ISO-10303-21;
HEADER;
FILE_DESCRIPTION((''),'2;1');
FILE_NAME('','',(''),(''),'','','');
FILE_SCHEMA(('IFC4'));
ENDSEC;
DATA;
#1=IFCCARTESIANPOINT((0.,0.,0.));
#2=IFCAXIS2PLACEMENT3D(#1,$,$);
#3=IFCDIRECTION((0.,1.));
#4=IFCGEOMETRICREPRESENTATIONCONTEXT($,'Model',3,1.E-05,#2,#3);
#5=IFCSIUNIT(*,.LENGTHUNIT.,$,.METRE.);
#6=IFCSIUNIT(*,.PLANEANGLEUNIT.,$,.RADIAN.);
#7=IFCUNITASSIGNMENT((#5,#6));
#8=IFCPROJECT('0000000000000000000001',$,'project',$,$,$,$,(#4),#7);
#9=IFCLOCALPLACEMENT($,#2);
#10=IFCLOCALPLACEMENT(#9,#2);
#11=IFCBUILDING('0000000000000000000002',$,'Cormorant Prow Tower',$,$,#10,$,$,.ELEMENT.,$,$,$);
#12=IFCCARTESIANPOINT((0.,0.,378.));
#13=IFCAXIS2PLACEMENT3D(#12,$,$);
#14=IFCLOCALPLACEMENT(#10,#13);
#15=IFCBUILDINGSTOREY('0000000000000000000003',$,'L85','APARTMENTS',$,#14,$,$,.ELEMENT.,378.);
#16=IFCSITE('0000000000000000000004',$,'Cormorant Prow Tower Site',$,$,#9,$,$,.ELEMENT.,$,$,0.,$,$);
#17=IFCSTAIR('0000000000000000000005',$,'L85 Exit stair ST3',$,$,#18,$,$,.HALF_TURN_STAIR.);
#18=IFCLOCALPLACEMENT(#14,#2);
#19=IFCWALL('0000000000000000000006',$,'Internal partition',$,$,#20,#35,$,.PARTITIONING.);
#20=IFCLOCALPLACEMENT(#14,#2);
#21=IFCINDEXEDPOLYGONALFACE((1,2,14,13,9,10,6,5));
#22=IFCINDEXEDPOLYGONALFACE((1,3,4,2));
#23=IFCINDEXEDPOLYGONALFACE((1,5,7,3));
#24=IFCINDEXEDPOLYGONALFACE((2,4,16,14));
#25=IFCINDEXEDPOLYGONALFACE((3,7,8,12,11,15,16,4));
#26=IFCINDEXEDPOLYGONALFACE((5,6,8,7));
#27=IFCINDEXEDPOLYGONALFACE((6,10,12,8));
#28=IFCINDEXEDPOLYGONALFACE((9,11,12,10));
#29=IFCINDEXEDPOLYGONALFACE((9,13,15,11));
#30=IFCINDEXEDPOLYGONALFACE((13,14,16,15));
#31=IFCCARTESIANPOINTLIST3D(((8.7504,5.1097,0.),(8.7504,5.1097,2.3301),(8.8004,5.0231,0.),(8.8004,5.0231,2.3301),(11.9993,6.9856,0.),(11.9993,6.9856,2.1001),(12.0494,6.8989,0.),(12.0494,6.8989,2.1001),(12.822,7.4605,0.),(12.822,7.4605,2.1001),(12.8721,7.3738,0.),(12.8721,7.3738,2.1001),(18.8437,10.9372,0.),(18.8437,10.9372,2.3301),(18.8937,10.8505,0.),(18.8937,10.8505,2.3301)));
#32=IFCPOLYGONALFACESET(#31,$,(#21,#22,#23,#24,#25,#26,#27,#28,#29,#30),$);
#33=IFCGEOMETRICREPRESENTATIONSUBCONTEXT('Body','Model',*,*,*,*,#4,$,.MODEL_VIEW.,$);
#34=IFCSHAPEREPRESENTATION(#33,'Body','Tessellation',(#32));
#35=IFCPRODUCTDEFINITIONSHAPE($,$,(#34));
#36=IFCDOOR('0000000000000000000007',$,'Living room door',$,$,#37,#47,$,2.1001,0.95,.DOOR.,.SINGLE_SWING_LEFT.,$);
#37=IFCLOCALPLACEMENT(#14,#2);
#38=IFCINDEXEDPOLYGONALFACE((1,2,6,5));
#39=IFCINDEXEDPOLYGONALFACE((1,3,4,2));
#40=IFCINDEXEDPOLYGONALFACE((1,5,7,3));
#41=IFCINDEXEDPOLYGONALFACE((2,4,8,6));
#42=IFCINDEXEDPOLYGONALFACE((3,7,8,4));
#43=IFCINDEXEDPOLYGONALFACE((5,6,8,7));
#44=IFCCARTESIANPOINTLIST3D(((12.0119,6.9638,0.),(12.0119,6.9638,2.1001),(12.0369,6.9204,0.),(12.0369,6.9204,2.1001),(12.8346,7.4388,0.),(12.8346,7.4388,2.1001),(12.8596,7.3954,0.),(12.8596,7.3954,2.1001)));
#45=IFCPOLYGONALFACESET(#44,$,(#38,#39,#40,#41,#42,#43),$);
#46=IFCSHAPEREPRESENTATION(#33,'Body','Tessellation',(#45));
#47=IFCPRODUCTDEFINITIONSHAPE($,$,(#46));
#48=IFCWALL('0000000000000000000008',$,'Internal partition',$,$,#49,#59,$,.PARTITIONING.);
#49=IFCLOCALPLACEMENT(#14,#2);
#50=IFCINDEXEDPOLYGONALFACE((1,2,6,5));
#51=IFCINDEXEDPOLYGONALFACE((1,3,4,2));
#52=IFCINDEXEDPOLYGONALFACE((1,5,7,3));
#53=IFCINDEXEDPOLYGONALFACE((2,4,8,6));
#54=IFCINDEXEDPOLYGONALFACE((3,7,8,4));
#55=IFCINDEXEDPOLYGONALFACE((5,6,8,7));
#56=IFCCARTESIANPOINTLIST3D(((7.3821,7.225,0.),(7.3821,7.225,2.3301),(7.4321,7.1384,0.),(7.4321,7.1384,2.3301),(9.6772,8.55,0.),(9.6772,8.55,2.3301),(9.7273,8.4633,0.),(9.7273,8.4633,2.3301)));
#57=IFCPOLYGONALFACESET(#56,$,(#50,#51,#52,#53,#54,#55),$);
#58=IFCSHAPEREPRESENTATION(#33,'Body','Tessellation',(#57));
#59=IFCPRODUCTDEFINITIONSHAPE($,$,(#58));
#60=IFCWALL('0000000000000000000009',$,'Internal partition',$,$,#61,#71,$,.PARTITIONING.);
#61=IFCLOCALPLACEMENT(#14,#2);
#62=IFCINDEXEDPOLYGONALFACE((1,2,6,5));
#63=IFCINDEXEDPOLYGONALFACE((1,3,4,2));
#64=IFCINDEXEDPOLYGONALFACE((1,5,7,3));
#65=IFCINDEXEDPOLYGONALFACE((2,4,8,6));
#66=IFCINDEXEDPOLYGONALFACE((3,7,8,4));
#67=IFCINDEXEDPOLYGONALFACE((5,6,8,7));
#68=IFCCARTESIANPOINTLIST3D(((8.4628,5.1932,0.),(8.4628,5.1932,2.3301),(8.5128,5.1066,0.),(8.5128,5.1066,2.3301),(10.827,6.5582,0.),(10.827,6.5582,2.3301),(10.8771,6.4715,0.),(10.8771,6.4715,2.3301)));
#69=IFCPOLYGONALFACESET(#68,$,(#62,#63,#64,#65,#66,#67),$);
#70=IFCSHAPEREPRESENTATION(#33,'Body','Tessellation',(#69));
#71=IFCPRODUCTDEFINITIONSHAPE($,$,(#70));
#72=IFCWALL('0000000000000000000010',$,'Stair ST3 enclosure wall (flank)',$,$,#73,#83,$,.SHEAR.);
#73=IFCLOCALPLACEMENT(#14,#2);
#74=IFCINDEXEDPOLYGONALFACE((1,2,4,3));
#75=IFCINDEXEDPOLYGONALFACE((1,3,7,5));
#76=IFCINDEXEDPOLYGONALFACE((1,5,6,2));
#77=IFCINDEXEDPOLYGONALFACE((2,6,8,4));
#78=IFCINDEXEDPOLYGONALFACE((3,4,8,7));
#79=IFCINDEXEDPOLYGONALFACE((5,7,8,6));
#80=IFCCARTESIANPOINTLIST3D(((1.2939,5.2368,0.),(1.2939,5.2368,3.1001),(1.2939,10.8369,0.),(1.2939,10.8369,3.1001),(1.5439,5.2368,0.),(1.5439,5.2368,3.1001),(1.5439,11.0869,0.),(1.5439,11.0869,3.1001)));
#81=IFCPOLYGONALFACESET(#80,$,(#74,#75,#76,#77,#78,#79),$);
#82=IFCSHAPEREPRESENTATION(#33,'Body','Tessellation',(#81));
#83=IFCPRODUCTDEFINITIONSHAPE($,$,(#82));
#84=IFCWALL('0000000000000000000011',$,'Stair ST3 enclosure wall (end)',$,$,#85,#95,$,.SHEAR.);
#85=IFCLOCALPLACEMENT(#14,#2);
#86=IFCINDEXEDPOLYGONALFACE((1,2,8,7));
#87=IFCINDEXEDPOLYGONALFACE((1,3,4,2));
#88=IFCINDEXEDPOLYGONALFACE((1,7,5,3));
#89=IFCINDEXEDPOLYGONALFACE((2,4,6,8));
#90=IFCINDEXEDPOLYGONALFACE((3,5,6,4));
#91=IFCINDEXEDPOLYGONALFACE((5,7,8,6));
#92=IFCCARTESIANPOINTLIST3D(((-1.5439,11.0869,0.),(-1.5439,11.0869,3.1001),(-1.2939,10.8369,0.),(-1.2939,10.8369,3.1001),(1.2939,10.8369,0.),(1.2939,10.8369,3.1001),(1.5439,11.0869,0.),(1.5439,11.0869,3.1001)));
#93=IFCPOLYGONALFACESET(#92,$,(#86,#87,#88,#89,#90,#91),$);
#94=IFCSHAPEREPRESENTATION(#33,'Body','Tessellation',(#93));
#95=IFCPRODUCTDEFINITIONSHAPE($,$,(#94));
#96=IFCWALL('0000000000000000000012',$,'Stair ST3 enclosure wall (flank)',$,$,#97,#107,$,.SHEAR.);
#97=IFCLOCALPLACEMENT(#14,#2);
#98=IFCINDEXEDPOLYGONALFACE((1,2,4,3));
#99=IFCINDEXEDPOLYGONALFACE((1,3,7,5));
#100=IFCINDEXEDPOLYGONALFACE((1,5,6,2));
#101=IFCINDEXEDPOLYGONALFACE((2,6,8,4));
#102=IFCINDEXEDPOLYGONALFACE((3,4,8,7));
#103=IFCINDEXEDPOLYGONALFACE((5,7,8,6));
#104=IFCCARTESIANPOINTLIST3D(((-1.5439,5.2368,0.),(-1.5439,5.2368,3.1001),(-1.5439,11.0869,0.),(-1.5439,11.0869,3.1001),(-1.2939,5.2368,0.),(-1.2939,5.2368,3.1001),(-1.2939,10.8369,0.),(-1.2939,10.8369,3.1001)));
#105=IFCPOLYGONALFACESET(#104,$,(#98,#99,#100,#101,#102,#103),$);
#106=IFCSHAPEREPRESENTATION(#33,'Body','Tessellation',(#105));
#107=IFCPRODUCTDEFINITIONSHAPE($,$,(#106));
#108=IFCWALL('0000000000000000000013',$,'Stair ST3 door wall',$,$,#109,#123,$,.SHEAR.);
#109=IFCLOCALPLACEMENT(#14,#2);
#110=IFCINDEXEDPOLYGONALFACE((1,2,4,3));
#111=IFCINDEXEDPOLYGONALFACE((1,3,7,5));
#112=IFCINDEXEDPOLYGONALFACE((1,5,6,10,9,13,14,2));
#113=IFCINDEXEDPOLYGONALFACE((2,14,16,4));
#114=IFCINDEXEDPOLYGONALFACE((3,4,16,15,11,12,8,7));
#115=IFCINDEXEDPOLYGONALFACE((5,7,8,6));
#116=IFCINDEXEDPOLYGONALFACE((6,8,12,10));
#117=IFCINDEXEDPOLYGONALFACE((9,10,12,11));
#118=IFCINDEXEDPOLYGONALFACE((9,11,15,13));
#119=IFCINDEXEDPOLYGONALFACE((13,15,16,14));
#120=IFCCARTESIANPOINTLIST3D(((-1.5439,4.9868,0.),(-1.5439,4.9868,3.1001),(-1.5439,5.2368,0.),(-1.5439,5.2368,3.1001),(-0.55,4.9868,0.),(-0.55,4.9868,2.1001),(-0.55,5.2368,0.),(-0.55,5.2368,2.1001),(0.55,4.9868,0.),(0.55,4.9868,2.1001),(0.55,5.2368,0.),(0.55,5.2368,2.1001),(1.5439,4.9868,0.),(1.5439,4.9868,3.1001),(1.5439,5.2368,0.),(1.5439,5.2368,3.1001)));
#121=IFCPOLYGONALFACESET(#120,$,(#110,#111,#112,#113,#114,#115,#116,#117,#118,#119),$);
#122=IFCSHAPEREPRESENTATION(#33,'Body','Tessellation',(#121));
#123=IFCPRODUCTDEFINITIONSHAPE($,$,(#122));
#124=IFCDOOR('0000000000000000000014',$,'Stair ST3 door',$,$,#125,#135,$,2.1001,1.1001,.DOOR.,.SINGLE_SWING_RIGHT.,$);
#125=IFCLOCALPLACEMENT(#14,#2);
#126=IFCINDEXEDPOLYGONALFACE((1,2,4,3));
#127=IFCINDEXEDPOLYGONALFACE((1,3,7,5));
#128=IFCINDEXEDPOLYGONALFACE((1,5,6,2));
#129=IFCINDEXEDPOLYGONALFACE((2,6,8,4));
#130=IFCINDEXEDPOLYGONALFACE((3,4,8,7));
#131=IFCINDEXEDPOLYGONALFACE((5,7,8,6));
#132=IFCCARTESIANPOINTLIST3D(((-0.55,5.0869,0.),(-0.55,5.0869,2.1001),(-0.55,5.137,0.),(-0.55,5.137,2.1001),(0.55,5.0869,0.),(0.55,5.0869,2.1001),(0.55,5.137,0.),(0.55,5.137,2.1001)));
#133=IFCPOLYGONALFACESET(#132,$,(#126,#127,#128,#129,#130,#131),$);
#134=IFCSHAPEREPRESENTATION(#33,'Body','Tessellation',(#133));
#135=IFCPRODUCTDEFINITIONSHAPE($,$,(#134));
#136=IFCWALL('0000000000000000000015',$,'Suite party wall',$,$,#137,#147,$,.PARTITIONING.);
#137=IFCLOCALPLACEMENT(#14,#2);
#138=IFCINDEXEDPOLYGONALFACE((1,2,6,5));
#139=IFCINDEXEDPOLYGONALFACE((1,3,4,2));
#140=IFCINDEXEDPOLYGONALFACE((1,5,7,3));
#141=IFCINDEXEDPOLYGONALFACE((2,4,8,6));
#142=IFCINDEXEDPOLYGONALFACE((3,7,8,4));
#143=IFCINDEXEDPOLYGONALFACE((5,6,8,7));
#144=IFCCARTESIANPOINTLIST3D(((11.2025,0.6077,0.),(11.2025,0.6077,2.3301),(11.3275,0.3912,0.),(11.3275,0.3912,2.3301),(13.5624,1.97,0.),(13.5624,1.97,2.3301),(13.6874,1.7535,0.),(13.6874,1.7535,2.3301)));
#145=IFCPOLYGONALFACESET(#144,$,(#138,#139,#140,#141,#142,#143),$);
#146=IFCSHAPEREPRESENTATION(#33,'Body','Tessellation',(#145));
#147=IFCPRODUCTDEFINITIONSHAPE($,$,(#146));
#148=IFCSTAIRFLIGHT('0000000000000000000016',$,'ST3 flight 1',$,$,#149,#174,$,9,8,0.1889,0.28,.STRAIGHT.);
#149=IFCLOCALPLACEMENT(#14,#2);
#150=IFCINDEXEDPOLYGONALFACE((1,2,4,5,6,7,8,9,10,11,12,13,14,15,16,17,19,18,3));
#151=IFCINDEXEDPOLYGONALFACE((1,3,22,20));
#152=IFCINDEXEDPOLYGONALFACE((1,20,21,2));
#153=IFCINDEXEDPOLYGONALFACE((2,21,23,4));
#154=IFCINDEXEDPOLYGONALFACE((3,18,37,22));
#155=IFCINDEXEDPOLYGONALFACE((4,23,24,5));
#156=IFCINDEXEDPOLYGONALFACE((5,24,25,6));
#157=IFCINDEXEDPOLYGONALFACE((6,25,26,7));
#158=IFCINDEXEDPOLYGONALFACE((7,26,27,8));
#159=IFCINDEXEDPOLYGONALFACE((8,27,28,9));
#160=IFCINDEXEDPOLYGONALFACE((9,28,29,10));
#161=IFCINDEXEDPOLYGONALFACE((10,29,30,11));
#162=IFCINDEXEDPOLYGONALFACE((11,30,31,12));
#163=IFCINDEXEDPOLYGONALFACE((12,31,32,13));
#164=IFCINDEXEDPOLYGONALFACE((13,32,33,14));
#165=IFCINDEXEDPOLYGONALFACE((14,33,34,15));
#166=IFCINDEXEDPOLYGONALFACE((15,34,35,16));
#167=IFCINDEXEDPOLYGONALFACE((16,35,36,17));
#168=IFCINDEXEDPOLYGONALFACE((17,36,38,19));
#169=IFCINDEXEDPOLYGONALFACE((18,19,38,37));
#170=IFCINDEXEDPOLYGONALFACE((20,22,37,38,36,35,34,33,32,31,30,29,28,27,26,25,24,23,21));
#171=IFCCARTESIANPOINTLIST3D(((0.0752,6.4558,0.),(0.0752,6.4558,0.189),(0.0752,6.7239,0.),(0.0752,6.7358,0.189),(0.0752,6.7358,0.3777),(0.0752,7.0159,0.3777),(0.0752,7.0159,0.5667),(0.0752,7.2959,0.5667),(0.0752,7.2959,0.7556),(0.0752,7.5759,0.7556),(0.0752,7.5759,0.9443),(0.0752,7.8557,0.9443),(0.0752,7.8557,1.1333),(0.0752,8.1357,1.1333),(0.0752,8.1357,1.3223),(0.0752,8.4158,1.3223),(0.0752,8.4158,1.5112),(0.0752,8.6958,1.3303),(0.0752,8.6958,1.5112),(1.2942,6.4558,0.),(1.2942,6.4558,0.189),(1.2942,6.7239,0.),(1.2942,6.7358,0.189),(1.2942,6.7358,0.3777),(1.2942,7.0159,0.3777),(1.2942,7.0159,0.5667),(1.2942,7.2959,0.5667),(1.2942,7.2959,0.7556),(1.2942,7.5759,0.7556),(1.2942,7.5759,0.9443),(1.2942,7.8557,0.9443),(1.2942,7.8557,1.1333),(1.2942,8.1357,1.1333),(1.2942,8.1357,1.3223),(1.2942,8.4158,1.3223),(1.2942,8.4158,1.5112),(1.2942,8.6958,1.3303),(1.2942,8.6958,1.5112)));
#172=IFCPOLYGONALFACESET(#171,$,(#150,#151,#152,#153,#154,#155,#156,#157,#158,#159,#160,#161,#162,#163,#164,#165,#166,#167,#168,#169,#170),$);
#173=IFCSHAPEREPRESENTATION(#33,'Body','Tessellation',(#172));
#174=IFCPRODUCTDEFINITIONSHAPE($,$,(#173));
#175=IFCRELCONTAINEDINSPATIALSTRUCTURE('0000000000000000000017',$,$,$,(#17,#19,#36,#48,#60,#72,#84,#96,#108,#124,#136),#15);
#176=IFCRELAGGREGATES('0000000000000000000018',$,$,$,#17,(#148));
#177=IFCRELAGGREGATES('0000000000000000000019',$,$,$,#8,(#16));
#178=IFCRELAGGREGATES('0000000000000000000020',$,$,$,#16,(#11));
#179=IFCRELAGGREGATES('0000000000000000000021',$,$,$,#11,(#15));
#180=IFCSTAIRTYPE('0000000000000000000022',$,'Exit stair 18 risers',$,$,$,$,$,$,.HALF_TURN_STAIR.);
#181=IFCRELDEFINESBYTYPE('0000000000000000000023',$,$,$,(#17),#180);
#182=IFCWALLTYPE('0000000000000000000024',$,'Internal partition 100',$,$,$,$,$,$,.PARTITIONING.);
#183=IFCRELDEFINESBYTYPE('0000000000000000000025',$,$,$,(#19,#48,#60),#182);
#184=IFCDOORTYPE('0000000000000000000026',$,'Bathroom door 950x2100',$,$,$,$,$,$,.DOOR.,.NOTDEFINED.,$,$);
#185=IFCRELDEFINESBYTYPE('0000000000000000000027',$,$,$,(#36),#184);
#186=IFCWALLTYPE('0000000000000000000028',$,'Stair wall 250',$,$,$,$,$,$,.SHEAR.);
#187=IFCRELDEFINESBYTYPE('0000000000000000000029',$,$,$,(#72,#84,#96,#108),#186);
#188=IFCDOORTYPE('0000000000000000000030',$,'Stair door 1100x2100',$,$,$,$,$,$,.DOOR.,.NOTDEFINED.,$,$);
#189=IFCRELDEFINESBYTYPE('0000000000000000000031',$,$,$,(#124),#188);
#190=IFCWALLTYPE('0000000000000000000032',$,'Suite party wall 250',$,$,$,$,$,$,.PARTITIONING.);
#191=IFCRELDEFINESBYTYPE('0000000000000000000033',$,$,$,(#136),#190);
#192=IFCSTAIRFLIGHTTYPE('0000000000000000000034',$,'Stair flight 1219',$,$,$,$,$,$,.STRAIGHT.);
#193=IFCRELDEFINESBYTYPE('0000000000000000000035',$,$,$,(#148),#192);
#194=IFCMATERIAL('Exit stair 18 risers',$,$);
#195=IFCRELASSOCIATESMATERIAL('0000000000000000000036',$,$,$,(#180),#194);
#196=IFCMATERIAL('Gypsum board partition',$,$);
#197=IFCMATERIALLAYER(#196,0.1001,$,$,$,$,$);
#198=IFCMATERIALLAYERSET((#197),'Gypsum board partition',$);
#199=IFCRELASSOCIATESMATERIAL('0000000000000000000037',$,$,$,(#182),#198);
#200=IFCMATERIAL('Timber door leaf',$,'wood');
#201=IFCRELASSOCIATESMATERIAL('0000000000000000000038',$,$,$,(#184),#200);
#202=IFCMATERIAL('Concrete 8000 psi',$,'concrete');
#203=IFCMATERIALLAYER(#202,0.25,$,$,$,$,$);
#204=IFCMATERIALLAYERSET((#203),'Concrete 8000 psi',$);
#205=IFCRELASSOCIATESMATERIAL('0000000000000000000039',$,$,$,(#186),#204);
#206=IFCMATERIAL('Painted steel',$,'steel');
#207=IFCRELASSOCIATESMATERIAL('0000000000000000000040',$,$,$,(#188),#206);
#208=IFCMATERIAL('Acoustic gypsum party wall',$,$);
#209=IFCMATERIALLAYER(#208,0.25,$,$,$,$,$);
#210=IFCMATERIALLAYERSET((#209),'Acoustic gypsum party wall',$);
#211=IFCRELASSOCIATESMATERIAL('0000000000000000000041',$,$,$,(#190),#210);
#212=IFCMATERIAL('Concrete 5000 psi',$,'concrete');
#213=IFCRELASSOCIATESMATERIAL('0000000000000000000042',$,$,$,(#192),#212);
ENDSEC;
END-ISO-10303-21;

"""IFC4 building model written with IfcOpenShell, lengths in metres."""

from ifc_helpers import new_model, si_unit, direction, frame, frame_2d, origin, place, context, subcontext, project, spatial, polyline, rectangle, outline, extrude, material, layer, layer_set, type_object, element, fill, aggregate, save


model = new_model("IFC4")

# Units and contexts
model_context = context("Model", 3, precision=1e-05, world=origin(), true_north=direction((0.0, 1.0)))
body_context = subcontext(model_context, "Body", "Model", "MODEL_VIEW")
ifc_project = project(units=[si_unit("LENGTHUNIT", "METRE"), si_unit("PLANEANGLEUNIT", "RADIAN")], contexts=[model_context])

# Site, building, storey
site_placement = place(None, origin())
site = spatial("IfcSite", under=ifc_project, at=site_placement, Name="Cormorant Prow Tower Site", CompositionType="ELEMENT", RefElevation=0.0)
building_placement = place(site_placement, origin())
building = spatial("IfcBuilding", under=site, at=building_placement, Name="Cormorant Prow Tower", CompositionType="ELEMENT")
storey_placement = place(building_placement, frame((0.0, 0.0, 378.0)))
storey = spatial("IfcBuildingStorey", under=building, at=storey_placement, Name="L85", Description="APARTMENTS", CompositionType="ELEMENT", Elevation=378.0)

# Stair
ifc_material_1 = material(Name="Exit stair 18 risers")
stair_type = type_object("IfcStairType", Name="Exit stair 18 risers", PredefinedType="HALF_TURN_STAIR", material=ifc_material_1)
stair_1_placement = place(storey_placement, origin())
stair_1 = element("IfcStair", 1, at=stair_1_placement, inside=storey, type_object=stair_type, Name="L85 Exit stair ST3", PredefinedType="HALF_TURN_STAIR")

# Wall, opening, door
ifc_material_2 = material(Name="Gypsum board partition")
ifc_layer_1 = layer(ifc_material_2, 0.1001)
ifc_layer_set_1 = layer_set([ifc_layer_1], Name="Gypsum board partition")
wall_type_1 = type_object("IfcWallType", Name="Internal partition 100", PredefinedType="PARTITIONING", material=ifc_layer_set_1)
wall_1_placement = place(storey_placement, frame((8.7754, 5.0664, 0.0), z_axis=(0.0, 0.0, 1.0), x_axis=(0.866024, 0.500003, 0.0)))
wall_1 = element("IfcWall", 2, at=wall_1_placement, inside=storey, type_object=wall_type_1, Name="Internal partition", PredefinedType="PARTITIONING", context=body_context, shape_type="SweptSolid", body=[
    extrude(rectangle(XDim=11.6548, YDim=0.1001, at=frame_2d((5.8274, 0.0))), origin(), (0.0, 0.0, 1.0), 2.3301),
])
opening_1_placement = place(wall_1_placement, frame((3.7515, 0.0, 0.0)))
opening_1 = element("IfcOpeningElement", 3, at=opening_1_placement, cuts=wall_1, PredefinedType="OPENING", context=body_context, shape_type="SweptSolid", body=[
    extrude(rectangle(XDim=0.95, YDim=2.1001, at=frame_2d((0.4751, 1.05))), frame((0.0, 0.0601, 0.0), z_axis=(0.0, -1.0, 0.0), x_axis=(1.0, 0.0, 0.0)), (0.0, 0.0, 1.0), 0.1201),
])
ifc_material_3 = material(Name="Timber door leaf", Category="wood")
door_type_1 = type_object("IfcDoorType", Name="Bathroom door 950x2100", OperationType="NOTDEFINED", PredefinedType="DOOR", material=ifc_material_3)
door_1_placement = place(opening_1_placement, origin())
door_1 = element("IfcDoor", 4, at=door_1_placement, inside=storey, type_object=door_type_1, Name="Living room door", OperationType="SINGLE_SWING_LEFT", OverallHeight=2.1001, OverallWidth=0.95, PredefinedType="DOOR", context=body_context, shape_type="SweptSolid", body=[
    extrude(rectangle(XDim=0.95, YDim=2.1001, at=frame_2d((0.4751, 1.05))), frame((0.0, 0.0249, 0.0), z_axis=(0.0, -1.0, 0.0), x_axis=(1.0, 0.0, 0.0)), (0.0, 0.0, 1.0), 0.05),
])
fill(opening_1, door_1)

# Walls
wall_2_placement = place(storey_placement, frame((7.407, 7.1816, 0.0), z_axis=(0.0, 0.0, 1.0), x_axis=(0.866052, 0.499954, 0.0)))
element("IfcWall", 5, at=wall_2_placement, inside=storey, type_object=wall_type_1, Name="Internal partition", PredefinedType="PARTITIONING", context=body_context, shape_type="SweptSolid", body=[
    extrude(rectangle(XDim=2.6501, YDim=0.1001, at=frame_2d((1.3252, 0.0))), origin(), (0.0, 0.0, 1.0), 2.3301),
])
wall_3_placement = place(storey_placement, frame((8.4878, 5.1499, 0.0), z_axis=(0.0, 0.0, 1.0), x_axis=(0.866028, 0.499996, 0.0)))
element("IfcWall", 6, at=wall_3_placement, inside=storey, type_object=wall_type_1, Name="Internal partition", PredefinedType="PARTITIONING", context=body_context, shape_type="SweptSolid", body=[
    extrude(rectangle(XDim=2.73, YDim=0.1001, at=frame_2d((1.365, 0.0))), origin(), (0.0, 0.0, 1.0), 2.3301),
])
ifc_material_4 = material(Name="Concrete 8000 psi", Category="concrete")
ifc_layer_2 = layer(ifc_material_4, 0.25)
ifc_layer_set_2 = layer_set([ifc_layer_2], Name="Concrete 8000 psi")
wall_type_2 = type_object("IfcWallType", Name="Stair wall 250", PredefinedType="SHEAR", material=ifc_layer_set_2)
wall_4_placement = place(storey_placement, origin())
element("IfcWall", 7, at=wall_4_placement, inside=storey, type_object=wall_type_2, Name="Stair ST3 enclosure wall (flank)", PredefinedType="SHEAR", context=body_context, shape_type="SweptSolid", body=[
    extrude(outline(polyline([(1.5439, 5.2368), (1.5439, 11.0869), (1.2939, 10.8369), (1.2939, 5.2368), (1.5439, 5.2368)])), origin(), (0.0, 0.0, 1.0), 3.1001),
])
wall_5_placement = place(storey_placement, origin())
element("IfcWall", 8, at=wall_5_placement, inside=storey, type_object=wall_type_2, Name="Stair ST3 enclosure wall (end)", PredefinedType="SHEAR", context=body_context, shape_type="SweptSolid", body=[
    extrude(outline(polyline([(1.5439, 11.0869), (-1.5439, 11.0869), (-1.2939, 10.8369), (1.2939, 10.8369), (1.5439, 11.0869)])), origin(), (0.0, 0.0, 1.0), 3.1001),
])
wall_6_placement = place(storey_placement, origin())
element("IfcWall", 9, at=wall_6_placement, inside=storey, type_object=wall_type_2, Name="Stair ST3 enclosure wall (flank)", PredefinedType="SHEAR", context=body_context, shape_type="SweptSolid", body=[
    extrude(outline(polyline([(-1.2939, 10.8369), (-1.5439, 11.0869), (-1.5439, 5.2368), (-1.2939, 5.2368), (-1.2939, 10.8369)])), origin(), (0.0, 0.0, 1.0), 3.1001),
])

# Wall, opening, door
wall_7_placement = place(storey_placement, frame((1.5439, 5.1118, 0.0), z_axis=(0.0, 0.0, 1.0), x_axis=(-1.0, 0.0, 0.0)))
wall_7 = element("IfcWall", 10, at=wall_7_placement, inside=storey, type_object=wall_type_2, Name="Stair ST3 door wall", PredefinedType="SHEAR", context=body_context, shape_type="SweptSolid", body=[
    extrude(rectangle(XDim=3.0879, YDim=0.25, at=frame_2d((1.5439, 0.0))), origin(), (0.0, 0.0, 1.0), 3.1001),
])
opening_2_placement = place(wall_7_placement, frame((0.9939, 0.0, 0.0)))
opening_2 = element("IfcOpeningElement", 11, at=opening_2_placement, cuts=wall_7, PredefinedType="OPENING", context=body_context, shape_type="SweptSolid", body=[
    extrude(rectangle(XDim=1.1001, YDim=2.1001, at=frame_2d((0.55, 1.05))), frame((0.0, 0.135, 0.0), z_axis=(0.0, -1.0, 0.0), x_axis=(1.0, 0.0, 0.0)), (0.0, 0.0, 1.0), 0.27),
])
ifc_material_5 = material(Name="Painted steel", Category="steel")
door_type_2 = type_object("IfcDoorType", Name="Stair door 1100x2100", OperationType="NOTDEFINED", PredefinedType="DOOR", material=ifc_material_5)
door_2_placement = place(opening_2_placement, origin())
door_2 = element("IfcDoor", 12, at=door_2_placement, inside=storey, type_object=door_type_2, Name="Stair ST3 door", OperationType="SINGLE_SWING_RIGHT", OverallHeight=2.1001, OverallWidth=1.1001, PredefinedType="DOOR", context=body_context, shape_type="SweptSolid", body=[
    extrude(rectangle(XDim=1.1001, YDim=2.1001, at=frame_2d((0.55, 1.05))), frame((0.0, 0.0249, 0.0), z_axis=(0.0, -1.0, 0.0), x_axis=(1.0, 0.0, 0.0)), (0.0, 0.0, 1.0), 0.05),
])
fill(opening_2, door_2)

# Wall
ifc_material_6 = material(Name="Acoustic gypsum party wall")
ifc_layer_3 = layer(ifc_material_6, 0.25)
ifc_layer_set_3 = layer_set([ifc_layer_3], Name="Acoustic gypsum party wall")
wall_type_3 = type_object("IfcWallType", Name="Suite party wall 250", PredefinedType="PARTITIONING", material=ifc_layer_set_3)
wall_8_placement = place(storey_placement, frame((11.2651, 0.4995, 0.0), z_axis=(0.0, 0.0, 1.0), x_axis=(0.866051, 0.499955, 0.0)))
element("IfcWall", 13, at=wall_8_placement, inside=storey, type_object=wall_type_3, Name="Suite party wall", PredefinedType="PARTITIONING", context=body_context, shape_type="SweptSolid", body=[
    extrude(rectangle(XDim=2.7249, YDim=0.25, at=frame_2d((1.3623, 0.0))), origin(), (0.0, 0.0, 1.0), 2.3301),
])

# Stair flight
ifc_material_7 = material(Name="Concrete 5000 psi", Category="concrete")
stair_flight_type = type_object("IfcStairFlightType", Name="Stair flight 1219", PredefinedType="STRAIGHT", material=ifc_material_7)
stair_flight_placement = place(storey_placement, frame((0.6846, 6.4558, 0.0), z_axis=(0.0, 0.0, 1.0), x_axis=(0.0, 1.0, 0.0)))
stair_flight = element("IfcStairFlight", 14, at=stair_flight_placement, type_object=stair_flight_type, Name="ST3 flight 1", NumberOfRisers=9, NumberOfTreads=8, PredefinedType="STRAIGHT", RiserHeight=0.1889, TreadLength=0.28, context=body_context, shape_type="SweptSolid", body=[
    extrude(outline(polyline([(0.0, 0.0), (0.0, 0.189), (0.28, 0.189), (0.28, 0.3777), (0.5601, 0.3777), (0.5601, 0.5667), (0.8401, 0.5667), (0.8401, 0.7556), (1.1201, 0.7556), (1.1201, 0.9443), (1.3999, 0.9443), (1.3999, 1.1333), (1.6799, 1.1333), (1.6799, 1.3223), (1.96, 1.3223), (1.96, 1.5112), (2.24, 1.5112), (2.24, 1.7), (2.24, 1.3303), (0.2681, 0.0), (0.0, 0.0)])), frame((0.0, 0.6094, 0.0), z_axis=(0.0, -1.0, 0.0), x_axis=(1.0, 0.0, 0.0)), (0.0, 0.0, 1.0), 1.219),
])
aggregate(stair_1, [stair_flight])

save(model, "model.ifc")
